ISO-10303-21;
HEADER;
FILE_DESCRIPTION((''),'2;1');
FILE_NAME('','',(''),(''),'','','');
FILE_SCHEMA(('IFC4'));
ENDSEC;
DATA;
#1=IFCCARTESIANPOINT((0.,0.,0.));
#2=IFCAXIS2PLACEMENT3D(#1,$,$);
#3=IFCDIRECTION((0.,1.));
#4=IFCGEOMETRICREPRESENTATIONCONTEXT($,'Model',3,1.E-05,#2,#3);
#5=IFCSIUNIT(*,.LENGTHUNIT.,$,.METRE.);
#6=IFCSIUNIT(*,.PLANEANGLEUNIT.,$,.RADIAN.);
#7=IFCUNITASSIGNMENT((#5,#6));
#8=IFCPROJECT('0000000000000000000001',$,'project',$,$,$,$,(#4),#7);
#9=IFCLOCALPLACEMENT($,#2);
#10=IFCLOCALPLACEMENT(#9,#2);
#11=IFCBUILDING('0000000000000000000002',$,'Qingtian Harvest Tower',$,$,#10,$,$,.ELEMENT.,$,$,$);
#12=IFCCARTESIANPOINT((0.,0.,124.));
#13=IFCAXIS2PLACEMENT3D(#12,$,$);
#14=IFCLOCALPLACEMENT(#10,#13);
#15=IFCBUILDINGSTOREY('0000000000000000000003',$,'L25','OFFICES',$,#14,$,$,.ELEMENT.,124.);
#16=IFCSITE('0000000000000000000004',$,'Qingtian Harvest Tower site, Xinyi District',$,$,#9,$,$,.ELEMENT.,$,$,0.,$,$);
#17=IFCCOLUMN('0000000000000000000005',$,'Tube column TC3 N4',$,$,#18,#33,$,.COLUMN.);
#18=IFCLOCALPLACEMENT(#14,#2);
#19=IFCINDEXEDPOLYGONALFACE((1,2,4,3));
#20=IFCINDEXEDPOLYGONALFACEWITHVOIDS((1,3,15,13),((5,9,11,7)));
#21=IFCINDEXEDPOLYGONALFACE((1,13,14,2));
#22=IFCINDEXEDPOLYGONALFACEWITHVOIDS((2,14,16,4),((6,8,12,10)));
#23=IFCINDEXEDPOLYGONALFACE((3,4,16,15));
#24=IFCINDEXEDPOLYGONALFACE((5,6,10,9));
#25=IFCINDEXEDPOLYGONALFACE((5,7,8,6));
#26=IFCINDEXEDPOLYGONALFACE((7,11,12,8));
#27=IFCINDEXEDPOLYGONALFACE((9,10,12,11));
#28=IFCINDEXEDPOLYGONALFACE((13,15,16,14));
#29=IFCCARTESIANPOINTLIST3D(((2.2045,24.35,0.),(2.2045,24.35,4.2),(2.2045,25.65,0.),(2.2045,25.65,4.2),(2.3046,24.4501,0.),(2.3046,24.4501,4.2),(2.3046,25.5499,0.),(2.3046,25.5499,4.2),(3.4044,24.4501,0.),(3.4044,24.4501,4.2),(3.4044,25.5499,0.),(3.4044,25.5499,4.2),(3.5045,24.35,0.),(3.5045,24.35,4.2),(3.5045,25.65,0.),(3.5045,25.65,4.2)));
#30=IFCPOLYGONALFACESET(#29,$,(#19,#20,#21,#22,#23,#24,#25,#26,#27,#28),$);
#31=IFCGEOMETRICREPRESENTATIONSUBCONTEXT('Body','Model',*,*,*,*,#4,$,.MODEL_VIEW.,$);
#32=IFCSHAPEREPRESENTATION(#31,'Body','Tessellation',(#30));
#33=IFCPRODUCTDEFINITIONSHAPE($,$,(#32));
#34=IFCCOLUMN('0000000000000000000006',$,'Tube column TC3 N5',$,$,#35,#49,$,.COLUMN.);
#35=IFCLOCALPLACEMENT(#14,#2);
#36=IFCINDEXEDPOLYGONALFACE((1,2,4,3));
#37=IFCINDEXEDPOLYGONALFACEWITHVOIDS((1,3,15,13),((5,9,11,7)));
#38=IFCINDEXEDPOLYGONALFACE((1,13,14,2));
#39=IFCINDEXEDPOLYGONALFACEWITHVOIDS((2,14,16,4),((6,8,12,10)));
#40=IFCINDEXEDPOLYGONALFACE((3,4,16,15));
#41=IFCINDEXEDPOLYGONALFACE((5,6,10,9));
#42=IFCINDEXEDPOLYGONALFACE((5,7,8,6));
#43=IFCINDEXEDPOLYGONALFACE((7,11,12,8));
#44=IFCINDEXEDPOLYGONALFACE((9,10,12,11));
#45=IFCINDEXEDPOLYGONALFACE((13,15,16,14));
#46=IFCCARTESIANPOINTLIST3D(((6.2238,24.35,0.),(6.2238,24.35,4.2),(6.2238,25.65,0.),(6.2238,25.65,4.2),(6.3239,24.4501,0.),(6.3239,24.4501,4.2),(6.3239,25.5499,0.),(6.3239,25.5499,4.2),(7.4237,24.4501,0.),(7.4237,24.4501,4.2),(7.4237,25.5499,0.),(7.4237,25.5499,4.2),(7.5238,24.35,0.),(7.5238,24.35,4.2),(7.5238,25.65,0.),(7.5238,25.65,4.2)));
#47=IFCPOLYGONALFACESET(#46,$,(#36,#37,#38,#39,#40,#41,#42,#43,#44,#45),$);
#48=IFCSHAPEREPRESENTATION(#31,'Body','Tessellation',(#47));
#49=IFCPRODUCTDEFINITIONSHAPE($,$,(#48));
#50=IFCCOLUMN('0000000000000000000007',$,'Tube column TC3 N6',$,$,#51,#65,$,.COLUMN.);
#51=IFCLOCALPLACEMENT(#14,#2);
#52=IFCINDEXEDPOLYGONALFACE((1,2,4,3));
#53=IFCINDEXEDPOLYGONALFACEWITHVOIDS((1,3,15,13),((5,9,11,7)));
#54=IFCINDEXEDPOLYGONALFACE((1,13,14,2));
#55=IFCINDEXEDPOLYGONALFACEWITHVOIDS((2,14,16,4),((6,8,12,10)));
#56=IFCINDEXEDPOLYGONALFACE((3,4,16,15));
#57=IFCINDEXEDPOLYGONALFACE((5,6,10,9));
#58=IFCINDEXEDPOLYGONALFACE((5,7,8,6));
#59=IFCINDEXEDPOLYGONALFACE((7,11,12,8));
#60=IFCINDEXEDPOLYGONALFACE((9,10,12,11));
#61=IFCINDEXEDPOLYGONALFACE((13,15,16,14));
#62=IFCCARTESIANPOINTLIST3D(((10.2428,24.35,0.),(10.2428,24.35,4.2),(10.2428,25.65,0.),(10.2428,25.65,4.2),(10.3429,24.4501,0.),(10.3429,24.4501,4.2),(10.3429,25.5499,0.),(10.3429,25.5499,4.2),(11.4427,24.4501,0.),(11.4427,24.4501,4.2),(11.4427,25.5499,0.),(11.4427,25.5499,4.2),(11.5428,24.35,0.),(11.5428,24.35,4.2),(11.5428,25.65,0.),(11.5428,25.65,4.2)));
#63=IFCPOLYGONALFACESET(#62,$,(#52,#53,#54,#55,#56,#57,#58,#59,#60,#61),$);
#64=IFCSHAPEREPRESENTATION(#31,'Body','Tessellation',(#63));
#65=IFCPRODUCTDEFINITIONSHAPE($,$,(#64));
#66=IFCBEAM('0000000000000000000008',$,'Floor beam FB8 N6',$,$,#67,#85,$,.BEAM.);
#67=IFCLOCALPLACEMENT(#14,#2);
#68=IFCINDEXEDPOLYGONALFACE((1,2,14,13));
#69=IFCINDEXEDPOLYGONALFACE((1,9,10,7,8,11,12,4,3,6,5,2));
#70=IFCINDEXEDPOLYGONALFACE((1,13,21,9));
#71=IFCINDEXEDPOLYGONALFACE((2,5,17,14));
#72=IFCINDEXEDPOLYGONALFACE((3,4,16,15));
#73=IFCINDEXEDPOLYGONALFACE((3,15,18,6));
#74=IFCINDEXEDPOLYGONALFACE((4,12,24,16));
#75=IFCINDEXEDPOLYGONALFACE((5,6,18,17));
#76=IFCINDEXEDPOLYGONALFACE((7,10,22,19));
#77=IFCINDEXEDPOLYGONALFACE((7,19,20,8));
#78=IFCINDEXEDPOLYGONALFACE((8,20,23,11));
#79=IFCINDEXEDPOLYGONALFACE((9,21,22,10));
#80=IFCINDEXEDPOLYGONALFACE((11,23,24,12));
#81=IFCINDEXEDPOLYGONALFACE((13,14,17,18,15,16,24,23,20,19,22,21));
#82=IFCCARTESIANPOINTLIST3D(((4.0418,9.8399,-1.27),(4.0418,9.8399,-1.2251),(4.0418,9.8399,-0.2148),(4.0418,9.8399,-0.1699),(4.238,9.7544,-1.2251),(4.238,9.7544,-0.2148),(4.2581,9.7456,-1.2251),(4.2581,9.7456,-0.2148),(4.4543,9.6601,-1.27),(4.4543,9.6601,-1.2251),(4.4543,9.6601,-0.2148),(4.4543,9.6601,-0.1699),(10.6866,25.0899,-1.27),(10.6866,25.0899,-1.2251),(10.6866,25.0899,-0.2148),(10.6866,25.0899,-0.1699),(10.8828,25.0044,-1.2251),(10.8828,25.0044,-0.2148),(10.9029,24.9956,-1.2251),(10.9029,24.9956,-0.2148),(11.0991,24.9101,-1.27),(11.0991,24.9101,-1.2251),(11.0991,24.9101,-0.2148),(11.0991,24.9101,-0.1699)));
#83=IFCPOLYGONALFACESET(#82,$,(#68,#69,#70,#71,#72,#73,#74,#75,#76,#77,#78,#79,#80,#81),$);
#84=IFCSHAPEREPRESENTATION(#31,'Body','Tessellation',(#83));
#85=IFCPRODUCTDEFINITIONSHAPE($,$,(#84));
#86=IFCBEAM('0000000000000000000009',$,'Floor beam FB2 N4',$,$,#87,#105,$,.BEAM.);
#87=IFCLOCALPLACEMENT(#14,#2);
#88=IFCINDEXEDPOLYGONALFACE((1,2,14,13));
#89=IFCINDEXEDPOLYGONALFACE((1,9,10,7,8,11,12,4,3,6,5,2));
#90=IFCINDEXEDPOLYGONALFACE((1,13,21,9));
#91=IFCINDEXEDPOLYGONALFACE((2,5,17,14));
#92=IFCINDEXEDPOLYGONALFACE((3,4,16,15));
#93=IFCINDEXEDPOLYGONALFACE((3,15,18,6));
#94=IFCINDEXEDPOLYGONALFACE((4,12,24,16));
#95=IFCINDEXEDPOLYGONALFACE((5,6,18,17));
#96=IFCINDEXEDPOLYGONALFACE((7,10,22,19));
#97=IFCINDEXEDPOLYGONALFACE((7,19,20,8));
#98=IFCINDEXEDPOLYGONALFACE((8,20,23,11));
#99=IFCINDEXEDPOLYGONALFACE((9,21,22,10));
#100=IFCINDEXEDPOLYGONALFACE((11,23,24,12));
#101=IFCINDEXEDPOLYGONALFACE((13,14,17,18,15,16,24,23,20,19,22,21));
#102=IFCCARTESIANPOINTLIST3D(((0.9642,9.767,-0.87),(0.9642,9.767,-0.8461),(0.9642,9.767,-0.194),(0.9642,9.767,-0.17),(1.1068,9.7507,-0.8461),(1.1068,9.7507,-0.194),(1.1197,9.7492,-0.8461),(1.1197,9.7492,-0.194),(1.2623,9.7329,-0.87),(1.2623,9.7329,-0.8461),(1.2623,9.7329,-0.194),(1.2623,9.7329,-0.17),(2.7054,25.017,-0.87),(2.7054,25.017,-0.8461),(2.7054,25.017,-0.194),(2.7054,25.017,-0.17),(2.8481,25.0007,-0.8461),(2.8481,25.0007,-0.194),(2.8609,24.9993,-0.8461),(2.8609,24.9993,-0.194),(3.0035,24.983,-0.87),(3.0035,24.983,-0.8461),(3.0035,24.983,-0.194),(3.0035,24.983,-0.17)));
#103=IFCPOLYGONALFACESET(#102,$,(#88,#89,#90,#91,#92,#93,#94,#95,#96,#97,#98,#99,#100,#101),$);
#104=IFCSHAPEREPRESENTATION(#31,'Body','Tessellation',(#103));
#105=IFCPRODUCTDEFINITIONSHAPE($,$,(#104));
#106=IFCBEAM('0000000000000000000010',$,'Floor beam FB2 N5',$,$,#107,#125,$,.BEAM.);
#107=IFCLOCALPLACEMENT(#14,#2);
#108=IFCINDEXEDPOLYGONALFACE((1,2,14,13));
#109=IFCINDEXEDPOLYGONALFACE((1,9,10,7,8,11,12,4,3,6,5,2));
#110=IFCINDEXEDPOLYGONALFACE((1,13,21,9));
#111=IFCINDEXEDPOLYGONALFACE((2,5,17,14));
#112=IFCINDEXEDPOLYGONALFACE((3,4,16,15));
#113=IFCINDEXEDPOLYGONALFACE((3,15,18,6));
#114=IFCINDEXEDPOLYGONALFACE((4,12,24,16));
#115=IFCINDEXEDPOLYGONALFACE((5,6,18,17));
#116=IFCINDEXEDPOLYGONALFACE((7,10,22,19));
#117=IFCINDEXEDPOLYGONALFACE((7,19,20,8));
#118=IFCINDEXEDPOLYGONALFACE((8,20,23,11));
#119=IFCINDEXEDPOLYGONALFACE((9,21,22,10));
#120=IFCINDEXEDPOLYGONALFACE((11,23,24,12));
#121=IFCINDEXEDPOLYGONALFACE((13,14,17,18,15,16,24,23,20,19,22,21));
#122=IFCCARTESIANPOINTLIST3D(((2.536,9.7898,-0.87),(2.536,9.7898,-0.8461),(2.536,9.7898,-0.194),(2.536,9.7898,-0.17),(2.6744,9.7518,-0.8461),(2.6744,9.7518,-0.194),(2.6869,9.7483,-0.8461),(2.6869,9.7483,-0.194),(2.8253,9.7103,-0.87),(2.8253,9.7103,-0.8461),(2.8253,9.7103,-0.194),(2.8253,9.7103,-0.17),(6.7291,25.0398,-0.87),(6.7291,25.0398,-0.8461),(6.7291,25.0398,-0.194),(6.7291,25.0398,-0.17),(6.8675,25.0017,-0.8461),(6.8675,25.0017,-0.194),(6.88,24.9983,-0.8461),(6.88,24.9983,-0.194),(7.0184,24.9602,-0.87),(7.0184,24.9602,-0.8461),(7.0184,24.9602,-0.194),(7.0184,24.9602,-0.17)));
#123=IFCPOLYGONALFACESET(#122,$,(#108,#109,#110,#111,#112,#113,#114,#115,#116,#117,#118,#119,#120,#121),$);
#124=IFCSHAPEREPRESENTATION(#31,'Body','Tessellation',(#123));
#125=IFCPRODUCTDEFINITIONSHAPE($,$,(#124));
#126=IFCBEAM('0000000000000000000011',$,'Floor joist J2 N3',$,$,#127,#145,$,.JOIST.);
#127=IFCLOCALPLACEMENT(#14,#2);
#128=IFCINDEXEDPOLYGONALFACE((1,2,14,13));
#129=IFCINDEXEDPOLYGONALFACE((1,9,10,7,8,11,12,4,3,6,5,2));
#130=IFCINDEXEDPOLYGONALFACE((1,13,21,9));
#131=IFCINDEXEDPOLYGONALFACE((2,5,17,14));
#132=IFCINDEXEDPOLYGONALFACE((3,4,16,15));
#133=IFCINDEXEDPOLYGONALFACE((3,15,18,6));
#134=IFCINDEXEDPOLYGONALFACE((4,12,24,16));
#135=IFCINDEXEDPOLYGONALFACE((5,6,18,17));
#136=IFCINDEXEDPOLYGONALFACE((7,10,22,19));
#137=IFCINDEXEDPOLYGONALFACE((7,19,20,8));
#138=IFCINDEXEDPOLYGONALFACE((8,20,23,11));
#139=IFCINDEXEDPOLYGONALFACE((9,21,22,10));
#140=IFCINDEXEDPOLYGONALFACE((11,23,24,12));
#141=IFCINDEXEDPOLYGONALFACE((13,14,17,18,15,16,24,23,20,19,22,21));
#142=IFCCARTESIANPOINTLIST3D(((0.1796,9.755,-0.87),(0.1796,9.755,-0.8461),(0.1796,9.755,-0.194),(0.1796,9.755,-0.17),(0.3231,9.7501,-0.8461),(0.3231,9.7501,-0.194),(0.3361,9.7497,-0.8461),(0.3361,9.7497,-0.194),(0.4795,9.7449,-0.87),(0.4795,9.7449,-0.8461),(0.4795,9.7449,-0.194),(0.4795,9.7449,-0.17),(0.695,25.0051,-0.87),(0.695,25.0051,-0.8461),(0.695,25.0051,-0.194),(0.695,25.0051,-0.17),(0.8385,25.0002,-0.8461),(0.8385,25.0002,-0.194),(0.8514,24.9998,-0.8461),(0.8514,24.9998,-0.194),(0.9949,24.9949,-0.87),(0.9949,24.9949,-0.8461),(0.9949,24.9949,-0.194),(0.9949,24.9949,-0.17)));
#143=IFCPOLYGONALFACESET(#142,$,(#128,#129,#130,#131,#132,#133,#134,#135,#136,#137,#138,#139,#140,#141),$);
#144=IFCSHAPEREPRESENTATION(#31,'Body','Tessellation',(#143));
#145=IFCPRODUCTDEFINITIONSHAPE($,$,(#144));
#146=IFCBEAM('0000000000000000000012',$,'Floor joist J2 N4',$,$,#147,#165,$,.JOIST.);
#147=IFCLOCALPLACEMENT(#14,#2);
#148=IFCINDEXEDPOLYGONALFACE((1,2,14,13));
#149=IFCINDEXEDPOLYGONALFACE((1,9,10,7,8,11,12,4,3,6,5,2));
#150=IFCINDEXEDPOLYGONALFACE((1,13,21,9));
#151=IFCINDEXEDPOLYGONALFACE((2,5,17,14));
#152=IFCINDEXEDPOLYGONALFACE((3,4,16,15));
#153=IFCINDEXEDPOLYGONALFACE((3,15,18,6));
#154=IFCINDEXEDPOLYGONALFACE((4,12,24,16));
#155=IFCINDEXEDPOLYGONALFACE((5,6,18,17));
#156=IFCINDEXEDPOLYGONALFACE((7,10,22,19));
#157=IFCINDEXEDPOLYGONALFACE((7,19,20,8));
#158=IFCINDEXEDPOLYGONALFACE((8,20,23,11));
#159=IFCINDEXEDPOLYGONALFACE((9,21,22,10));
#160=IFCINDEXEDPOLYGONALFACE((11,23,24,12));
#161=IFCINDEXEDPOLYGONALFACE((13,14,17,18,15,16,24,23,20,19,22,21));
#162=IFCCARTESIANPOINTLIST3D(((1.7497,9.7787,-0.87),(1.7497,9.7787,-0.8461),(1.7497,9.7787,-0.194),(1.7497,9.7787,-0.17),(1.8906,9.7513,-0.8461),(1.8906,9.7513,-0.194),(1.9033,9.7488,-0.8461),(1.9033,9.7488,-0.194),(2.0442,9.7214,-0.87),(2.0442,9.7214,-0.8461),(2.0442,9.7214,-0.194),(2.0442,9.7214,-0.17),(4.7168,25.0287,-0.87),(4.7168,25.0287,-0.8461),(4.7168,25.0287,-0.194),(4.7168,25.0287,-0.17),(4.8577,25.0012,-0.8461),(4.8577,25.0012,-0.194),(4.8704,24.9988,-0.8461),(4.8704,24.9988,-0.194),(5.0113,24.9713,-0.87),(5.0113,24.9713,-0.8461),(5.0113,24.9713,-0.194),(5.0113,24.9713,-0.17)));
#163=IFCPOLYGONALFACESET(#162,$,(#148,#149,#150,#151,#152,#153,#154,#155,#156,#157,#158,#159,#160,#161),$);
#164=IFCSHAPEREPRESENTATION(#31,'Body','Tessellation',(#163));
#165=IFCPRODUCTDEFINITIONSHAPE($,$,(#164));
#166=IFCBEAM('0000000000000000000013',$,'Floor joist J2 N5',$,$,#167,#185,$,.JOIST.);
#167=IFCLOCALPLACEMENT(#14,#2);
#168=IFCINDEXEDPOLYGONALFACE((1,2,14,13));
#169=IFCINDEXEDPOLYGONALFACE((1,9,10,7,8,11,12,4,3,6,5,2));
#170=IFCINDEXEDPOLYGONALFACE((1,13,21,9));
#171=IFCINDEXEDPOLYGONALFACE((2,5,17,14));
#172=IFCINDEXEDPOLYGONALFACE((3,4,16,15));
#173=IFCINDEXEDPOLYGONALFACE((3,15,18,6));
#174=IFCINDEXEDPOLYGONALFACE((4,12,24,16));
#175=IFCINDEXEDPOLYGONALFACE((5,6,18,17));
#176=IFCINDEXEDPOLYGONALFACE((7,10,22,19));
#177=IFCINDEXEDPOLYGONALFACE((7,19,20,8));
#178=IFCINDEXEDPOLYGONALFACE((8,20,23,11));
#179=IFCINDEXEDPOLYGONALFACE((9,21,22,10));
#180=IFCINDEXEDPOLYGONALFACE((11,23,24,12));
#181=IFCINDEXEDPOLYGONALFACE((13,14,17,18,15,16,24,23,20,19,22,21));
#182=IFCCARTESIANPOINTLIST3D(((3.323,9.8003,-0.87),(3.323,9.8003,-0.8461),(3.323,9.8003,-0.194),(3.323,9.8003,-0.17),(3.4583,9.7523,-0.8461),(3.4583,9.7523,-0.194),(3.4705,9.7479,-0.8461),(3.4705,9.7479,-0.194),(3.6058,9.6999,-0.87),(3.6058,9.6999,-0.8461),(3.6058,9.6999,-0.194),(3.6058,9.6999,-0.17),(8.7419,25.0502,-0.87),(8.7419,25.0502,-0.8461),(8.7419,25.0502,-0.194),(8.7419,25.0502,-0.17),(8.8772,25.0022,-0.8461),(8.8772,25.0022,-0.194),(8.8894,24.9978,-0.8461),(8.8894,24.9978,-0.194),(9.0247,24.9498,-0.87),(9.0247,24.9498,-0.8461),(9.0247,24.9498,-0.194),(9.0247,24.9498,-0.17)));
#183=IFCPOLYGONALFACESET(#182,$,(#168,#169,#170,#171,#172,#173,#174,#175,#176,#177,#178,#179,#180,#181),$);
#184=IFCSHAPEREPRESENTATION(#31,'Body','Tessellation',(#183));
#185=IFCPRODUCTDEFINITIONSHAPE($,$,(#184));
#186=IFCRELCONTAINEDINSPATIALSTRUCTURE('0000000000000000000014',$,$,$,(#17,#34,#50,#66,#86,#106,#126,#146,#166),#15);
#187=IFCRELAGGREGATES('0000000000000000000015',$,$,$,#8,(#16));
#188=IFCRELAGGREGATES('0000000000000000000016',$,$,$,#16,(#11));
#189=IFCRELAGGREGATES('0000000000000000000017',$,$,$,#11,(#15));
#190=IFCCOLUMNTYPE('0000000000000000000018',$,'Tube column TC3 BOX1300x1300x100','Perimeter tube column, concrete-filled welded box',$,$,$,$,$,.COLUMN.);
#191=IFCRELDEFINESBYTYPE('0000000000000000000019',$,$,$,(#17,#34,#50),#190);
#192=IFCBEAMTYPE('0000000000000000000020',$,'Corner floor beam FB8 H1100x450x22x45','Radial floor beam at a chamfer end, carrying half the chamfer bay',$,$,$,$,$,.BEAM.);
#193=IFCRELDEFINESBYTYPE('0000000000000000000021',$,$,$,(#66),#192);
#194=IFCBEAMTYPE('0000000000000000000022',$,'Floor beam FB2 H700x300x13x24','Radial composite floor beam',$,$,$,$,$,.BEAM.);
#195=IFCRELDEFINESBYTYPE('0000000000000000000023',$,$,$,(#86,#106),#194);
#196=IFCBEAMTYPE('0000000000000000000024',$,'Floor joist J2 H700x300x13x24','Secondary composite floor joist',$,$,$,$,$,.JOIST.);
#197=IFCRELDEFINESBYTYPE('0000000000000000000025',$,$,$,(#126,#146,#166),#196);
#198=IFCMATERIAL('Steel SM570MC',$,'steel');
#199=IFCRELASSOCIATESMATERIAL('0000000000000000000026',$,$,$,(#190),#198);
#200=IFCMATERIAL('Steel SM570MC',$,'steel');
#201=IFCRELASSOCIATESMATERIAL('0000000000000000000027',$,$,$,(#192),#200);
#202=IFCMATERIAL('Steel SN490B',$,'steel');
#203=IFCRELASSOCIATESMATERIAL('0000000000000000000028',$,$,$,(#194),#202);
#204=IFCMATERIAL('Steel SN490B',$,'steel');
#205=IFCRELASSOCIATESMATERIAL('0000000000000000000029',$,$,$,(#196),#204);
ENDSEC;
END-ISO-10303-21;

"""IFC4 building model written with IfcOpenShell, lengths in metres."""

from ifc_helpers import new_model, si_unit, direction, frame, origin, origin_2d, place, context, subcontext, project, spatial, hollow_rectangle, i_section, extrude, material, material_profile, profile_set, type_object, element, save


model = new_model("IFC4")

# Units and contexts
model_context = context("Model", 3, precision=1e-05, world=origin(), true_north=direction((0.0, 1.0)))
body_context = subcontext(model_context, "Body", "Model", "MODEL_VIEW")
ifc_project = project(units=[si_unit("LENGTHUNIT", "METRE"), si_unit("PLANEANGLEUNIT", "RADIAN")], contexts=[model_context])

# Site, building, storey
site_placement = place(None, origin())
site = spatial("IfcSite", under=ifc_project, at=site_placement, Name="Qingtian Harvest Tower site, Xinyi District", CompositionType="ELEMENT", RefElevation=0.0)
building_placement = place(site_placement, origin())
building = spatial("IfcBuilding", under=site, at=building_placement, Name="Qingtian Harvest Tower", CompositionType="ELEMENT")
storey_placement = place(building_placement, frame((0.0, 0.0, 124.0)))
storey = spatial("IfcBuildingStorey", under=building, at=storey_placement, Name="L25", Description="OFFICES", CompositionType="ELEMENT", Elevation=124.0)

# Columns
ifc_material_1 = material(Name="Steel SM570MC", Category="steel")
ifc_material_profile_1 = material_profile(ifc_material_1, hollow_rectangle(XDim=1.3, YDim=1.3, WallThickness=0.1001, at=origin_2d()), Name="BOX1300x1300x100")
ifc_profile_set_1 = profile_set([ifc_material_profile_1], Name="Steel SM570MC")
column_type = type_object("IfcColumnType", Name="Tube column TC3 BOX1300x1300x100", Description="Perimeter tube column, concrete-filled welded box", PredefinedType="COLUMN", material=ifc_profile_set_1)
for number, where, z_axis, x_axis, name in (
    (1, (2.8545, 25.0, 0.0), (0.0, 0.0, 1.0), (-1.0, 0.0, 0.0), "Tube column TC3 N4"),
    (2, (6.8738, 25.0, 0.0), (0.0, 0.0, 1.0), (-1.0, 0.0, 0.0), "Tube column TC3 N5"),
    (3, (10.8928, 25.0, 0.0), (0.0, 0.0, 1.0), (-1.0, 0.0, 0.0), "Tube column TC3 N6"),
):
    element("IfcColumn", number, at=place(storey_placement, frame(where, z_axis=z_axis, x_axis=x_axis)), inside=storey, type_object=column_type, Name=name, PredefinedType="COLUMN", context=body_context, shape_type="SweptSolid", body=[
        extrude(hollow_rectangle(XDim=1.3, YDim=1.3, WallThickness=0.1001, at=origin_2d()), origin(), (0.0, 0.0, 1.0), 4.2),
    ])

# Beams
ifc_material_2 = material(Name="Steel SM570MC", Category="steel")
ifc_material_profile_2 = material_profile(ifc_material_2, i_section(OverallWidth=0.45, OverallDepth=1.1001, WebThickness=0.022, FlangeThickness=0.0449, at=origin_2d()), Name="H1100x450x22x45")
ifc_profile_set_2 = profile_set([ifc_material_profile_2], Name="Steel SM570MC")
beam_type_1 = type_object("IfcBeamType", Name="Corner floor beam FB8 H1100x450x22x45", Description="Radial floor beam at a chamfer end, carrying half the chamfer bay", PredefinedType="BEAM", material=ifc_profile_set_2)
beam_1_placement = place(storey_placement, frame((10.8928, 25.0, -0.72), z_axis=(-0.399451, -0.916755, 0.0), x_axis=(0.916755, -0.399451, 0.0)))
element("IfcBeam", 4, at=beam_1_placement, inside=storey, type_object=beam_type_1, Name="Floor beam FB8 N6", PredefinedType="BEAM", context=body_context, shape_type="SweptSolid", body=[
    extrude(i_section(OverallWidth=0.45, OverallDepth=1.1001, WebThickness=0.022, FlangeThickness=0.0449, at=origin_2d()), origin(), (0.0, 0.0, 1.0), 16.6348),
])
ifc_material_3 = material(Name="Steel SN490B", Category="steel")
ifc_material_profile_3 = material_profile(ifc_material_3, i_section(OverallWidth=0.3, OverallDepth=0.7, WebThickness=0.0129, FlangeThickness=0.0239, at=origin_2d()), Name="H700x300x13x24")
ifc_profile_set_3 = profile_set([ifc_material_profile_3], Name="Steel SN490B")
beam_type_2 = type_object("IfcBeamType", Name="Floor beam FB2 H700x300x13x24", Description="Radial composite floor beam", PredefinedType="BEAM", material=ifc_profile_set_3)
beam_2_placement = place(storey_placement, frame((2.8545, 25.0, -0.52), z_axis=(-0.113441, -0.993545, 0.0), x_axis=(0.993545, -0.113441, 0.0)))
element("IfcBeam", 5, at=beam_2_placement, inside=storey, type_object=beam_type_2, Name="Floor beam FB2 N4", PredefinedType="BEAM", context=body_context, shape_type="SweptSolid", body=[
    extrude(i_section(OverallWidth=0.3, OverallDepth=0.7, WebThickness=0.0129, FlangeThickness=0.0239, at=origin_2d()), origin(), (0.0, 0.0, 1.0), 15.3491),
])
beam_3_placement = place(storey_placement, frame((6.8738, 25.0, -0.52), z_axis=(-0.265119, -0.964216, 0.0), x_axis=(0.964216, -0.265119, 0.0)))
element("IfcBeam", 6, at=beam_3_placement, inside=storey, type_object=beam_type_2, Name="Floor beam FB2 N5", PredefinedType="BEAM", context=body_context, shape_type="SweptSolid", body=[
    extrude(i_section(OverallWidth=0.3, OverallDepth=0.7, WebThickness=0.0129, FlangeThickness=0.0239, at=origin_2d()), origin(), (0.0, 0.0, 1.0), 15.8159),
])
ifc_material_4 = material(Name="Steel SN490B", Category="steel")
ifc_material_profile_4 = material_profile(ifc_material_4, i_section(OverallWidth=0.3, OverallDepth=0.7, WebThickness=0.0129, FlangeThickness=0.0239, at=origin_2d()), Name="H700x300x13x24")
ifc_profile_set_4 = profile_set([ifc_material_profile_4], Name="Steel SN490B")
beam_type_3 = type_object("IfcBeamType", Name="Floor joist J2 H700x300x13x24", Description="Secondary composite floor joist", PredefinedType="JOIST", material=ifc_profile_set_4)
beam_4_placement = place(storey_placement, frame((0.845, 25.0, -0.52), z_axis=(-0.033776, -0.999429, 0.0), x_axis=(0.999429, -0.033776, 0.0)))
element("IfcBeam", 7, at=beam_4_placement, inside=storey, type_object=beam_type_3, Name="Floor joist J2 N3", PredefinedType="JOIST", context=body_context, shape_type="SweptSolid", body=[
    extrude(i_section(OverallWidth=0.3, OverallDepth=0.7, WebThickness=0.0129, FlangeThickness=0.0239, at=origin_2d()), origin(), (0.0, 0.0, 1.0), 15.2588),
])
beam_5_placement = place(storey_placement, frame((4.864, 25.0, -0.52), z_axis=(-0.190979, -0.981594, 0.0), x_axis=(0.981594, -0.190979, 0.0)))
element("IfcBeam", 8, at=beam_5_placement, inside=storey, type_object=beam_type_3, Name="Floor joist J2 N4", PredefinedType="JOIST", context=body_context, shape_type="SweptSolid", body=[
    extrude(i_section(OverallWidth=0.3, OverallDepth=0.7, WebThickness=0.0129, FlangeThickness=0.0239, at=origin_2d()), origin(), (0.0, 0.0, 1.0), 15.5359),
])
beam_6_placement = place(storey_placement, frame((8.8833, 25.0, -0.52), z_axis=(-0.33483, -0.942279, 0.0), x_axis=(0.942279, -0.33483, 0.0)))
element("IfcBeam", 9, at=beam_6_placement, inside=storey, type_object=beam_type_3, Name="Floor joist J2 N5", PredefinedType="JOIST", context=body_context, shape_type="SweptSolid", body=[
    extrude(i_section(OverallWidth=0.3, OverallDepth=0.7, WebThickness=0.0129, FlangeThickness=0.0239, at=origin_2d()), origin(), (0.0, 0.0, 1.0), 16.1841),
])

save(model, "model.ifc")
